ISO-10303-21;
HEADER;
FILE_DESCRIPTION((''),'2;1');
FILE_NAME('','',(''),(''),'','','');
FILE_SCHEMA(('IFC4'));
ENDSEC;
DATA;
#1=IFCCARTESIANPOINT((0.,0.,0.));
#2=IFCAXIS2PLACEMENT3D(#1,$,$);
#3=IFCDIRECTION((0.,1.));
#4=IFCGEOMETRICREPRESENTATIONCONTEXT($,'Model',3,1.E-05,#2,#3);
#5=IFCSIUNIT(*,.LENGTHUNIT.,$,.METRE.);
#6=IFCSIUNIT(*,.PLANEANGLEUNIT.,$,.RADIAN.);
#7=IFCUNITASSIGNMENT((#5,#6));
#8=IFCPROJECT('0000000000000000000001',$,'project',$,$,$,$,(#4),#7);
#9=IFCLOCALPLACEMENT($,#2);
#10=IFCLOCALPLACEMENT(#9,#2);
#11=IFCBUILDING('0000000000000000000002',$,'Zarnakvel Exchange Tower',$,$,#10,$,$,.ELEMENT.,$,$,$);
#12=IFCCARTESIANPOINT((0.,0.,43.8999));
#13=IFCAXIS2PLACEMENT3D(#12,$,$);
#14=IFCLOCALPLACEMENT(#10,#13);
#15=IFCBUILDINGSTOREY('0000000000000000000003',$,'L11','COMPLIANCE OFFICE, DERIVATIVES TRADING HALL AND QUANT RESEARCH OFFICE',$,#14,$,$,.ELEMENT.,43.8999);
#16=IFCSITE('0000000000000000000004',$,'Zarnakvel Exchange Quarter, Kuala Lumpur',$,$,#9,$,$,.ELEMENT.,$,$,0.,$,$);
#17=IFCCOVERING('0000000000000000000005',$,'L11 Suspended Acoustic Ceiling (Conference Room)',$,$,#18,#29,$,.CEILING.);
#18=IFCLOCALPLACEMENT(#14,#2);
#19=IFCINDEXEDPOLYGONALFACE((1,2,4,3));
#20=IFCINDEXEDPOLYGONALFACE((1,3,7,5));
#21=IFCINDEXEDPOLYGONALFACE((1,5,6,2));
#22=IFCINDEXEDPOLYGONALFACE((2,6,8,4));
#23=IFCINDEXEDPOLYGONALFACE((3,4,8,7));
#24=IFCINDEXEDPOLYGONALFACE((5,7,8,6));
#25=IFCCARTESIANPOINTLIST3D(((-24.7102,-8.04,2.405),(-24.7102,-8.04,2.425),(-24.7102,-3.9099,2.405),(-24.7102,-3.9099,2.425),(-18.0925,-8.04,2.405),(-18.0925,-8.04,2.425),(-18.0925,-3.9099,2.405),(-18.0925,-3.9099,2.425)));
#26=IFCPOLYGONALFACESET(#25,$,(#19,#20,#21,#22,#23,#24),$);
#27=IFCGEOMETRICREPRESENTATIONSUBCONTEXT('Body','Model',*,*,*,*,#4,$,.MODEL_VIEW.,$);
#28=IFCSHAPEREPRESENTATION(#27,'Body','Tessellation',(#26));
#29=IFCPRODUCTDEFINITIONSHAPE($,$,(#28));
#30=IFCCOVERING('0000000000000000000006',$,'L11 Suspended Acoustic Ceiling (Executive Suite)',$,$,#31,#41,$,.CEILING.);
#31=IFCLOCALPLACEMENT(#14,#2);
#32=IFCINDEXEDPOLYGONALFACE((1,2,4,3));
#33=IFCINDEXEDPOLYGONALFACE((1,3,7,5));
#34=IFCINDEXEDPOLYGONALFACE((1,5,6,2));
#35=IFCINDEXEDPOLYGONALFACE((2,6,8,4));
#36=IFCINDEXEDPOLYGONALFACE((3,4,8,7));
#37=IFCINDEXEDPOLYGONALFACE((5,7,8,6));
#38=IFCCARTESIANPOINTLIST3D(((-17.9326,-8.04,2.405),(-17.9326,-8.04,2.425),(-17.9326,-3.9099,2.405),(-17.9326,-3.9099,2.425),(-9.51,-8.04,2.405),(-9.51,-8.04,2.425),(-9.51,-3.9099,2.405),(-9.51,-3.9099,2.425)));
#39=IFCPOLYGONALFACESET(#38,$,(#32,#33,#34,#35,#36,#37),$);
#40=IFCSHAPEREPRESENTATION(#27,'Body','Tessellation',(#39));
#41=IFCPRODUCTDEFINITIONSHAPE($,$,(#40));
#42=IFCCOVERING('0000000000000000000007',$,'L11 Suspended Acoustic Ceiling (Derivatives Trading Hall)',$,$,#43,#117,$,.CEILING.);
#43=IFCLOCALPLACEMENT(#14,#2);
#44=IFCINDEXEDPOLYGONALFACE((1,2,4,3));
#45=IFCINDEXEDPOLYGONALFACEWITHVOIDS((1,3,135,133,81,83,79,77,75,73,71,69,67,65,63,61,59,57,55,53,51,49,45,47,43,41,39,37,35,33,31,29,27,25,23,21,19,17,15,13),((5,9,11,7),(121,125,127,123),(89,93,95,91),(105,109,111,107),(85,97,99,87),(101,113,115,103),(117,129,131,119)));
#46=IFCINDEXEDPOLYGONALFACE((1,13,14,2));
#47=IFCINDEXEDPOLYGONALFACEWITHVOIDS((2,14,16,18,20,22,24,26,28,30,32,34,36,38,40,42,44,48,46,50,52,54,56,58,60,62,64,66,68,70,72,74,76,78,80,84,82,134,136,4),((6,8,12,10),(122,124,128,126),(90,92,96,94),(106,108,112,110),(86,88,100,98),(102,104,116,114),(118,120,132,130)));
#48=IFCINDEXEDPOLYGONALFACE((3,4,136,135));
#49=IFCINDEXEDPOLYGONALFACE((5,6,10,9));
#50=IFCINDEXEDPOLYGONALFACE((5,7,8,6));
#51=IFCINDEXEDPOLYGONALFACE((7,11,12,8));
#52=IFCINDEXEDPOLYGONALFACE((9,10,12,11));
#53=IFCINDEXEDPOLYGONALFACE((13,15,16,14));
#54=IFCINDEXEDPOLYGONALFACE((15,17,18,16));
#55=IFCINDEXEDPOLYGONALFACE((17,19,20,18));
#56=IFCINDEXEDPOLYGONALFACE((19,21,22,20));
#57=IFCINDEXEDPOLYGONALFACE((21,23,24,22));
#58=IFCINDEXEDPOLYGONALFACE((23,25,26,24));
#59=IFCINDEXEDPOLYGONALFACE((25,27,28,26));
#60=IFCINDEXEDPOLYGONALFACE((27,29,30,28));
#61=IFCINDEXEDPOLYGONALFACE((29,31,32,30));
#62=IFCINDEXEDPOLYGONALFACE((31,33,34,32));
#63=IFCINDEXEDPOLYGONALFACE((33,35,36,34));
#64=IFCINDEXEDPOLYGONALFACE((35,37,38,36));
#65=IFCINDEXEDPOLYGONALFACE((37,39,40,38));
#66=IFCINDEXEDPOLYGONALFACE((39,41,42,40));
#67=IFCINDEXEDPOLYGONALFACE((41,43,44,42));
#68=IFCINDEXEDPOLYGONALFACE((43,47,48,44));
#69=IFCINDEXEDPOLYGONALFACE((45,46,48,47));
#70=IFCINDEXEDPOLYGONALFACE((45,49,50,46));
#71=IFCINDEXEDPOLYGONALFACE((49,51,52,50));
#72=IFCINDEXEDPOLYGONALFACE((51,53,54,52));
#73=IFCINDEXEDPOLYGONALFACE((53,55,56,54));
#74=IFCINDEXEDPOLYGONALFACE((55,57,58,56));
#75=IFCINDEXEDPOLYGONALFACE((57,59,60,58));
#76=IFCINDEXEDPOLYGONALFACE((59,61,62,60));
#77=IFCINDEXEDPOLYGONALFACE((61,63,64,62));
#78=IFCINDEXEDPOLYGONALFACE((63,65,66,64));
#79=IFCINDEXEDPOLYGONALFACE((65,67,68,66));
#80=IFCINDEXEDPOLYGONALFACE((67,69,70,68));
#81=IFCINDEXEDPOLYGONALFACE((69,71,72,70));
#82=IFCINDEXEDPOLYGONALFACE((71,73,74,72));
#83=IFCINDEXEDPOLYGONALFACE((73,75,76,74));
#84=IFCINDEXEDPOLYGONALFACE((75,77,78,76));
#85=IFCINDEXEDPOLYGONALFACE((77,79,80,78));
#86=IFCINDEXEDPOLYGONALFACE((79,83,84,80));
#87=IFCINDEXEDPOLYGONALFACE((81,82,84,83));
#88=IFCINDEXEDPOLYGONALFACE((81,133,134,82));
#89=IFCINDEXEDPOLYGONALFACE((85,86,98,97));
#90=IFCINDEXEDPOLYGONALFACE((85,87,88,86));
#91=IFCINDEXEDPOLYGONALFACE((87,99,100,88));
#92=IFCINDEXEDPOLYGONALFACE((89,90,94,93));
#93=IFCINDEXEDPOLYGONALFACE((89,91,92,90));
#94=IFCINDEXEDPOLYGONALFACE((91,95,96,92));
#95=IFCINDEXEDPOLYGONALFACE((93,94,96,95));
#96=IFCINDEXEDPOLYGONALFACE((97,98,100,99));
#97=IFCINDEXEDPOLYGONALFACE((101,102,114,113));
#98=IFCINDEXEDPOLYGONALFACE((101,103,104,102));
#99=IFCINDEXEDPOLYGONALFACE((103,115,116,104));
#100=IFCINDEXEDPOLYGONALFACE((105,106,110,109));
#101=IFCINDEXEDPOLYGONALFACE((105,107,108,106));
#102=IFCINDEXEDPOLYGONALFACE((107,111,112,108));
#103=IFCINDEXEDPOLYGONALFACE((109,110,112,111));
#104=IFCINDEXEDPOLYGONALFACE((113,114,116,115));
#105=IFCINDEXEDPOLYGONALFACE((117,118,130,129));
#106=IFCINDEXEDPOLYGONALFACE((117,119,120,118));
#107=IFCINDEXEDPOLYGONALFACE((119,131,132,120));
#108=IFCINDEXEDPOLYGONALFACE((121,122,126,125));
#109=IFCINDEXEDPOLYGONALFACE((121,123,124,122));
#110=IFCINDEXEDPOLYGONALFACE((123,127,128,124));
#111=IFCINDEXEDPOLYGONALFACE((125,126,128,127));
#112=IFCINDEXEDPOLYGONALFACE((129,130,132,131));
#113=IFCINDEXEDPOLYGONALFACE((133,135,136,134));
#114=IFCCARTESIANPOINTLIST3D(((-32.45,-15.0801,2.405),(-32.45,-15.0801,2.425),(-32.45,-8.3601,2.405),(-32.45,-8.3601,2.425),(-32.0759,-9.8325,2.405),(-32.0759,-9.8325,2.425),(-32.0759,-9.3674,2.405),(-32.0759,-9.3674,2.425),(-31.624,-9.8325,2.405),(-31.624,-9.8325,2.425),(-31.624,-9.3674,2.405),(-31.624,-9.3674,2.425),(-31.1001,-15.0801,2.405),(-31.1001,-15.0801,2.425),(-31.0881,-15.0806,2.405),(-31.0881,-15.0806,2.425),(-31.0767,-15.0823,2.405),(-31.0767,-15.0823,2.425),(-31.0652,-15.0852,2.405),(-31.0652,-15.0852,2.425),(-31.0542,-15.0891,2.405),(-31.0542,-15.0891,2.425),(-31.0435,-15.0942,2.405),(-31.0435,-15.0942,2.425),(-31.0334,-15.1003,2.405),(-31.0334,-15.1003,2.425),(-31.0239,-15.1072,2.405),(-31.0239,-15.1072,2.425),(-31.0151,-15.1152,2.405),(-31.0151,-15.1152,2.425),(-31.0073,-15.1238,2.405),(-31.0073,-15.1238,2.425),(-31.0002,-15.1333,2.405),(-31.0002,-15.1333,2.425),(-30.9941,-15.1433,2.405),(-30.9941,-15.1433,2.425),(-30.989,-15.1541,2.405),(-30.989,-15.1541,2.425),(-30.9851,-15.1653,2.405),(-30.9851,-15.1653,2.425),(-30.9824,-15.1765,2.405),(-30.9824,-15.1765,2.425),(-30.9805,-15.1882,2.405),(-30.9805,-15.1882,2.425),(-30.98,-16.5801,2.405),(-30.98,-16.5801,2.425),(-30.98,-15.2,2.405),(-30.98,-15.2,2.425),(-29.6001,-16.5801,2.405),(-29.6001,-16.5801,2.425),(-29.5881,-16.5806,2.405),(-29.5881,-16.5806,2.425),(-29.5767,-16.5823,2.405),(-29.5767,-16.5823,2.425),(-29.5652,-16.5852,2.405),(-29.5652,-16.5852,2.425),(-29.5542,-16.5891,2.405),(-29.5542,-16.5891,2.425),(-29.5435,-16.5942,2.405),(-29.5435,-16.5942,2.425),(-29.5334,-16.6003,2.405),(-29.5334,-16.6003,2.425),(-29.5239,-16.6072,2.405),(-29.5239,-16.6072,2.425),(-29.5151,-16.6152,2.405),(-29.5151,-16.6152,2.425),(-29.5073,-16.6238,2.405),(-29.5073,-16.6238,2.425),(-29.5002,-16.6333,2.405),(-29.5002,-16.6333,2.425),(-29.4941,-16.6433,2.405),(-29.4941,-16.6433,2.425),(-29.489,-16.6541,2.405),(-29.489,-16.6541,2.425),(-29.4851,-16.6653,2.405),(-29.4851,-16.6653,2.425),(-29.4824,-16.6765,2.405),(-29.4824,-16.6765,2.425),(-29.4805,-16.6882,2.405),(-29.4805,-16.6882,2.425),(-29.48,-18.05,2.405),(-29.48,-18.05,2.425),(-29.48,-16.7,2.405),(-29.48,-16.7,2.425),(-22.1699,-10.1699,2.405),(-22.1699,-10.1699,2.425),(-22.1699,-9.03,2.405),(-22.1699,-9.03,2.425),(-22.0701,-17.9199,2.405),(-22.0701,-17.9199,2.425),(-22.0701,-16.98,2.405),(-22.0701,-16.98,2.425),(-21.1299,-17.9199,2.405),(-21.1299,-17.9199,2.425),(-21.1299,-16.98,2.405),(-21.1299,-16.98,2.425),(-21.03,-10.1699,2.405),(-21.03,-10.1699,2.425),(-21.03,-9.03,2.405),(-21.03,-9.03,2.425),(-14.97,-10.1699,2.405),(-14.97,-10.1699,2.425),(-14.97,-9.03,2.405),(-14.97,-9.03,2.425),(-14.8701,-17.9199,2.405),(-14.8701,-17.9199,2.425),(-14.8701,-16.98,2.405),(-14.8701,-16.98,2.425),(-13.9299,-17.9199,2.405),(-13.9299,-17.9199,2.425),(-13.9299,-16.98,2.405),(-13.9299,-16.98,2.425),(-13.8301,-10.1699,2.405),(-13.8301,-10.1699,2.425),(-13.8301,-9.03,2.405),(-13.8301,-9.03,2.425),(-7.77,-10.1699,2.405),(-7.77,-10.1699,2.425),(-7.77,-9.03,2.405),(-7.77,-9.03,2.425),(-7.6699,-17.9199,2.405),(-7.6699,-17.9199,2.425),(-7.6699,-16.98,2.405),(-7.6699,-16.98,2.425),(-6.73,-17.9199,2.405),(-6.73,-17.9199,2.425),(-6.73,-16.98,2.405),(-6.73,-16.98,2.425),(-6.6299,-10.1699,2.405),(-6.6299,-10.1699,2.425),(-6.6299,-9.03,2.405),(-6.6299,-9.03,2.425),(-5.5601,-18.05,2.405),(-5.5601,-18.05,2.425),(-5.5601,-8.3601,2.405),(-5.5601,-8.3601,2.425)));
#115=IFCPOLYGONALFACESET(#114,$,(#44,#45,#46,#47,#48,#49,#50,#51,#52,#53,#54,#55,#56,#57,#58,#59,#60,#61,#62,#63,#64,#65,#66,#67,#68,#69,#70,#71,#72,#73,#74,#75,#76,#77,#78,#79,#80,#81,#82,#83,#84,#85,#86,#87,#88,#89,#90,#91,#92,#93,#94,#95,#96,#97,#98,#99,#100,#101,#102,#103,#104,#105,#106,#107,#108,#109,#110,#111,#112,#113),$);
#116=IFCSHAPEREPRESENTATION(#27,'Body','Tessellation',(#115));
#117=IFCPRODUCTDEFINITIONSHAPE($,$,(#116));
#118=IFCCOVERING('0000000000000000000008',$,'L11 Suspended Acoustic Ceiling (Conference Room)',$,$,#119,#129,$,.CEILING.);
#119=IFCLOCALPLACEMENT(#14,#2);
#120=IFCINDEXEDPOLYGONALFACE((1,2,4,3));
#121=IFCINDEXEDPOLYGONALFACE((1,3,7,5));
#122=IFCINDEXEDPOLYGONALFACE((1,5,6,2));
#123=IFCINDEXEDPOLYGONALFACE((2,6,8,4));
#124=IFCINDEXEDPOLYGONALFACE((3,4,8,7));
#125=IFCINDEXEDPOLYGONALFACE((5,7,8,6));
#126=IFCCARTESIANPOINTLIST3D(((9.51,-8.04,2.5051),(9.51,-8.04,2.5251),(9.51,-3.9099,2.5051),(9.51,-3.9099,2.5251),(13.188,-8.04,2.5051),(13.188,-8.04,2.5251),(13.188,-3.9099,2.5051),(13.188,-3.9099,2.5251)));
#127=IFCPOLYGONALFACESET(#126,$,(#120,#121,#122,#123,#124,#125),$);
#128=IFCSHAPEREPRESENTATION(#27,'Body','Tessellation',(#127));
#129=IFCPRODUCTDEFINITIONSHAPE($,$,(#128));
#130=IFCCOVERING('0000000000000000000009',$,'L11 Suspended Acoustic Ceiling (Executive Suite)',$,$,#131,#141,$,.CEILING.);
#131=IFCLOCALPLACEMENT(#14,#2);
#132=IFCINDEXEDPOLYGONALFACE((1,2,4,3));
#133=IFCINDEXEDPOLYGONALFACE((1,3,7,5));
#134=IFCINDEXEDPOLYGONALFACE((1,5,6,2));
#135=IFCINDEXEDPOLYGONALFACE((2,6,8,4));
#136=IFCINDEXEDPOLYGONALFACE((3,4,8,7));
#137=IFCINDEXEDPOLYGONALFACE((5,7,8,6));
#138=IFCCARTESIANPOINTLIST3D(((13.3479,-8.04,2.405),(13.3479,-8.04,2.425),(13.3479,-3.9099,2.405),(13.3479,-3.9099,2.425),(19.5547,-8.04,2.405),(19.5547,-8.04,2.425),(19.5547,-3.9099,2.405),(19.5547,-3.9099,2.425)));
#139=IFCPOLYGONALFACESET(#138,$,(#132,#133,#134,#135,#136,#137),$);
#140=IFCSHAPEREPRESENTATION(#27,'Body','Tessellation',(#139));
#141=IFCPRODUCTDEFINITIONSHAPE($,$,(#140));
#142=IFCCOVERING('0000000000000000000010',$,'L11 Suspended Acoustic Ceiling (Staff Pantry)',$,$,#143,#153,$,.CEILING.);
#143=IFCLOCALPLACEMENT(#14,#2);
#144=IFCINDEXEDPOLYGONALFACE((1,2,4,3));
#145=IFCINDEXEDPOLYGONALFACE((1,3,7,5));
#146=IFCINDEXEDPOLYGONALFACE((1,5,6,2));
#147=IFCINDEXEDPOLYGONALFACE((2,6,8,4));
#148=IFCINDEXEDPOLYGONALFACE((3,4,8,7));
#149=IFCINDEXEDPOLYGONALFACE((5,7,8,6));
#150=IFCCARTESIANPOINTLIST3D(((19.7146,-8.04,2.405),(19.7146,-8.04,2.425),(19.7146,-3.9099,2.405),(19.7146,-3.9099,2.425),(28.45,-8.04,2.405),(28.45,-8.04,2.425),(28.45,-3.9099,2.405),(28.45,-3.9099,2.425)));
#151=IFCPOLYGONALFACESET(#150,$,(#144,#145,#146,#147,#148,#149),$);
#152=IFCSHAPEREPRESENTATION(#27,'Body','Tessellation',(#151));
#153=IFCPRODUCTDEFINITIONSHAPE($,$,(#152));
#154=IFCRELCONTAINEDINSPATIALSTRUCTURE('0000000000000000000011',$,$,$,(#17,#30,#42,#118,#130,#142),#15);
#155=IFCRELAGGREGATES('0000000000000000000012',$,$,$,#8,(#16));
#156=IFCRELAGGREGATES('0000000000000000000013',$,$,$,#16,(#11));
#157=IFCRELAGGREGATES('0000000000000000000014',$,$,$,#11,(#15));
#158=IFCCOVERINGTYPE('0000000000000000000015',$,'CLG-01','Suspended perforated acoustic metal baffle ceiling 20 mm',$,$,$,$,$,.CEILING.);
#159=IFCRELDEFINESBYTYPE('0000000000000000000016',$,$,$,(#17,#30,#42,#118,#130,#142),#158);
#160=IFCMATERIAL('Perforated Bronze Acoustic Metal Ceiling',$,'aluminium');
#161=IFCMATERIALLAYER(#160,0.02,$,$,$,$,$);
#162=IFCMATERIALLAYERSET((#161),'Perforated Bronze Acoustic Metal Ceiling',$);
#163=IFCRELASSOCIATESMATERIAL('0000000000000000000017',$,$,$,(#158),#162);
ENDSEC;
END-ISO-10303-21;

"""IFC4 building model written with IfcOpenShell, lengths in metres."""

from ifc_helpers import new_model, si_unit, direction, frame, origin, place, context, subcontext, project, spatial, polyline, outline, extrude, material, layer, layer_set, type_object, element, save


model = new_model("IFC4")

# Units and contexts
model_context = context("Model", 3, precision=1e-05, world=origin(), true_north=direction((0.0, 1.0)))
body_context = subcontext(model_context, "Body", "Model", "MODEL_VIEW")
ifc_project = project(units=[si_unit("LENGTHUNIT", "METRE"), si_unit("PLANEANGLEUNIT", "RADIAN")], contexts=[model_context])

# Site, building, storey
site_placement = place(None, origin())
site = spatial("IfcSite", under=ifc_project, at=site_placement, Name="Zarnakvel Exchange Quarter, Kuala Lumpur", CompositionType="ELEMENT", RefElevation=0.0)
building_placement = place(site_placement, origin())
building = spatial("IfcBuilding", under=site, at=building_placement, Name="Zarnakvel Exchange Tower", CompositionType="ELEMENT")
storey_placement = place(building_placement, frame((0.0, 0.0, 43.8999)))
storey = spatial("IfcBuildingStorey", under=building, at=storey_placement, Name="L11", Description="COMPLIANCE OFFICE, DERIVATIVES TRADING HALL AND QUANT RESEARCH OFFICE", CompositionType="ELEMENT", Elevation=43.8999)

# Coverings
ifc_material_1 = material(Name="Perforated Bronze Acoustic Metal Ceiling", Category="aluminium")
ifc_layer_1 = layer(ifc_material_1, 0.02)
ifc_layer_set_1 = layer_set([ifc_layer_1], Name="Perforated Bronze Acoustic Metal Ceiling")
covering_type_1 = type_object("IfcCoveringType", Name="CLG-01", Description="Suspended perforated acoustic metal baffle ceiling 20 mm", PredefinedType="CEILING", material=ifc_layer_set_1)
covering_1_placement = place(storey_placement, frame((0.0, 0.0, 2.405)))
element("IfcCovering", 1, at=covering_1_placement, inside=storey, type_object=covering_type_1, Name="L11 Suspended Acoustic Ceiling (Conference Room)", PredefinedType="CEILING", context=body_context, shape_type="SweptSolid", body=[
    extrude(outline(polyline([(-24.7102, -3.9099), (-18.0925, -3.9099), (-18.0925, -8.04), (-24.7102, -8.04), (-24.7102, -3.9099)])), origin(), (0.0, 0.0, 1.0), 0.02),
])
covering_2_placement = place(storey_placement, frame((0.0, 0.0, 2.405)))
element("IfcCovering", 2, at=covering_2_placement, inside=storey, type_object=covering_type_1, Name="L11 Suspended Acoustic Ceiling (Executive Suite)", PredefinedType="CEILING", context=body_context, shape_type="SweptSolid", body=[
    extrude(outline(polyline([(-17.9326, -3.9099), (-9.51, -3.9099), (-9.51, -8.04), (-17.9326, -8.04), (-17.9326, -3.9099)])), origin(), (0.0, 0.0, 1.0), 0.02),
])
covering_3_placement = place(storey_placement, frame((0.0, 0.0, 2.405)))
element("IfcCovering", 3, at=covering_3_placement, inside=storey, type_object=covering_type_1, Name="L11 Suspended Acoustic Ceiling (Derivatives Trading Hall)", PredefinedType="CEILING", context=body_context, shape_type="SweptSolid", body=[
    extrude(outline(polyline([(-5.5601, -8.3601), (-5.5601, -18.05), (-29.48, -18.05), (-29.48, -16.7), (-29.4805, -16.6882), (-29.4824, -16.6765), (-29.4851, -16.6653), (-29.489, -16.6541), (-29.4941, -16.6433), (-29.5002, -16.6333), (-29.5073, -16.6238), (-29.5151, -16.6152), (-29.5239, -16.6072), (-29.5334, -16.6003), (-29.5435, -16.5942), (-29.5542, -16.5891), (-29.5652, -16.5852), (-29.5767, -16.5823), (-29.5881, -16.5806), (-29.6001, -16.5801), (-30.98, -16.5801), (-30.98, -15.2), (-30.9805, -15.1882), (-30.9824, -15.1765), (-30.9851, -15.1653), (-30.989, -15.1541), (-30.9941, -15.1433), (-31.0002, -15.1333), (-31.0073, -15.1238), (-31.0151, -15.1152), (-31.0239, -15.1072), (-31.0334, -15.1003), (-31.0435, -15.0942), (-31.0542, -15.0891), (-31.0652, -15.0852), (-31.0767, -15.0823), (-31.0881, -15.0806), (-31.1001, -15.0801), (-32.45, -15.0801), (-32.45, -8.3601), (-5.5601, -8.3601)]), holes=[polyline([(-7.77, -10.1699), (-6.6299, -10.1699), (-6.6299, -9.03), (-7.77, -9.03), (-7.77, -10.1699)]), polyline([(-6.73, -17.9199), (-6.73, -16.98), (-7.6699, -16.98), (-7.6699, -17.9199), (-6.73, -17.9199)]), polyline([(-13.8301, -10.1699), (-13.8301, -9.03), (-14.97, -9.03), (-14.97, -10.1699), (-13.8301, -10.1699)]), polyline([(-13.9299, -17.9199), (-13.9299, -16.98), (-14.8701, -16.98), (-14.8701, -17.9199), (-13.9299, -17.9199)]), polyline([(-21.03, -10.1699), (-21.03, -9.03), (-22.1699, -9.03), (-22.1699, -10.1699), (-21.03, -10.1699)]), polyline([(-21.1299, -17.9199), (-21.1299, -16.98), (-22.0701, -16.98), (-22.0701, -17.9199), (-21.1299, -17.9199)]), polyline([(-32.0759, -9.8325), (-31.624, -9.8325), (-31.624, -9.3674), (-32.0759, -9.3674), (-32.0759, -9.8325)])]), origin(), (0.0, 0.0, 1.0), 0.02),
])
covering_4_placement = place(storey_placement, frame((0.0, 0.0, 2.5051)))
element("IfcCovering", 4, at=covering_4_placement, inside=storey, type_object=covering_type_1, Name="L11 Suspended Acoustic Ceiling (Conference Room)", PredefinedType="CEILING", context=body_context, shape_type="SweptSolid", body=[
    extrude(outline(polyline([(9.51, -3.9099), (13.188, -3.9099), (13.188, -8.04), (9.51, -8.04), (9.51, -3.9099)])), origin(), (0.0, 0.0, 1.0), 0.02),
])
covering_5_placement = place(storey_placement, frame((0.0, 0.0, 2.405)))
element("IfcCovering", 5, at=covering_5_placement, inside=storey, type_object=covering_type_1, Name="L11 Suspended Acoustic Ceiling (Executive Suite)", PredefinedType="CEILING", context=body_context, shape_type="SweptSolid", body=[
    extrude(outline(polyline([(13.3479, -3.9099), (19.5547, -3.9099), (19.5547, -8.04), (13.3479, -8.04), (13.3479, -3.9099)])), origin(), (0.0, 0.0, 1.0), 0.02),
])
covering_6_placement = place(storey_placement, frame((0.0, 0.0, 2.405)))
element("IfcCovering", 6, at=covering_6_placement, inside=storey, type_object=covering_type_1, Name="L11 Suspended Acoustic Ceiling (Staff Pantry)", PredefinedType="CEILING", context=body_context, shape_type="SweptSolid", body=[
    extrude(outline(polyline([(19.7146, -3.9099), (28.45, -3.9099), (28.45, -8.04), (19.7146, -8.04), (19.7146, -3.9099)])), origin(), (0.0, 0.0, 1.0), 0.02),
])

save(model, "model.ifc")
